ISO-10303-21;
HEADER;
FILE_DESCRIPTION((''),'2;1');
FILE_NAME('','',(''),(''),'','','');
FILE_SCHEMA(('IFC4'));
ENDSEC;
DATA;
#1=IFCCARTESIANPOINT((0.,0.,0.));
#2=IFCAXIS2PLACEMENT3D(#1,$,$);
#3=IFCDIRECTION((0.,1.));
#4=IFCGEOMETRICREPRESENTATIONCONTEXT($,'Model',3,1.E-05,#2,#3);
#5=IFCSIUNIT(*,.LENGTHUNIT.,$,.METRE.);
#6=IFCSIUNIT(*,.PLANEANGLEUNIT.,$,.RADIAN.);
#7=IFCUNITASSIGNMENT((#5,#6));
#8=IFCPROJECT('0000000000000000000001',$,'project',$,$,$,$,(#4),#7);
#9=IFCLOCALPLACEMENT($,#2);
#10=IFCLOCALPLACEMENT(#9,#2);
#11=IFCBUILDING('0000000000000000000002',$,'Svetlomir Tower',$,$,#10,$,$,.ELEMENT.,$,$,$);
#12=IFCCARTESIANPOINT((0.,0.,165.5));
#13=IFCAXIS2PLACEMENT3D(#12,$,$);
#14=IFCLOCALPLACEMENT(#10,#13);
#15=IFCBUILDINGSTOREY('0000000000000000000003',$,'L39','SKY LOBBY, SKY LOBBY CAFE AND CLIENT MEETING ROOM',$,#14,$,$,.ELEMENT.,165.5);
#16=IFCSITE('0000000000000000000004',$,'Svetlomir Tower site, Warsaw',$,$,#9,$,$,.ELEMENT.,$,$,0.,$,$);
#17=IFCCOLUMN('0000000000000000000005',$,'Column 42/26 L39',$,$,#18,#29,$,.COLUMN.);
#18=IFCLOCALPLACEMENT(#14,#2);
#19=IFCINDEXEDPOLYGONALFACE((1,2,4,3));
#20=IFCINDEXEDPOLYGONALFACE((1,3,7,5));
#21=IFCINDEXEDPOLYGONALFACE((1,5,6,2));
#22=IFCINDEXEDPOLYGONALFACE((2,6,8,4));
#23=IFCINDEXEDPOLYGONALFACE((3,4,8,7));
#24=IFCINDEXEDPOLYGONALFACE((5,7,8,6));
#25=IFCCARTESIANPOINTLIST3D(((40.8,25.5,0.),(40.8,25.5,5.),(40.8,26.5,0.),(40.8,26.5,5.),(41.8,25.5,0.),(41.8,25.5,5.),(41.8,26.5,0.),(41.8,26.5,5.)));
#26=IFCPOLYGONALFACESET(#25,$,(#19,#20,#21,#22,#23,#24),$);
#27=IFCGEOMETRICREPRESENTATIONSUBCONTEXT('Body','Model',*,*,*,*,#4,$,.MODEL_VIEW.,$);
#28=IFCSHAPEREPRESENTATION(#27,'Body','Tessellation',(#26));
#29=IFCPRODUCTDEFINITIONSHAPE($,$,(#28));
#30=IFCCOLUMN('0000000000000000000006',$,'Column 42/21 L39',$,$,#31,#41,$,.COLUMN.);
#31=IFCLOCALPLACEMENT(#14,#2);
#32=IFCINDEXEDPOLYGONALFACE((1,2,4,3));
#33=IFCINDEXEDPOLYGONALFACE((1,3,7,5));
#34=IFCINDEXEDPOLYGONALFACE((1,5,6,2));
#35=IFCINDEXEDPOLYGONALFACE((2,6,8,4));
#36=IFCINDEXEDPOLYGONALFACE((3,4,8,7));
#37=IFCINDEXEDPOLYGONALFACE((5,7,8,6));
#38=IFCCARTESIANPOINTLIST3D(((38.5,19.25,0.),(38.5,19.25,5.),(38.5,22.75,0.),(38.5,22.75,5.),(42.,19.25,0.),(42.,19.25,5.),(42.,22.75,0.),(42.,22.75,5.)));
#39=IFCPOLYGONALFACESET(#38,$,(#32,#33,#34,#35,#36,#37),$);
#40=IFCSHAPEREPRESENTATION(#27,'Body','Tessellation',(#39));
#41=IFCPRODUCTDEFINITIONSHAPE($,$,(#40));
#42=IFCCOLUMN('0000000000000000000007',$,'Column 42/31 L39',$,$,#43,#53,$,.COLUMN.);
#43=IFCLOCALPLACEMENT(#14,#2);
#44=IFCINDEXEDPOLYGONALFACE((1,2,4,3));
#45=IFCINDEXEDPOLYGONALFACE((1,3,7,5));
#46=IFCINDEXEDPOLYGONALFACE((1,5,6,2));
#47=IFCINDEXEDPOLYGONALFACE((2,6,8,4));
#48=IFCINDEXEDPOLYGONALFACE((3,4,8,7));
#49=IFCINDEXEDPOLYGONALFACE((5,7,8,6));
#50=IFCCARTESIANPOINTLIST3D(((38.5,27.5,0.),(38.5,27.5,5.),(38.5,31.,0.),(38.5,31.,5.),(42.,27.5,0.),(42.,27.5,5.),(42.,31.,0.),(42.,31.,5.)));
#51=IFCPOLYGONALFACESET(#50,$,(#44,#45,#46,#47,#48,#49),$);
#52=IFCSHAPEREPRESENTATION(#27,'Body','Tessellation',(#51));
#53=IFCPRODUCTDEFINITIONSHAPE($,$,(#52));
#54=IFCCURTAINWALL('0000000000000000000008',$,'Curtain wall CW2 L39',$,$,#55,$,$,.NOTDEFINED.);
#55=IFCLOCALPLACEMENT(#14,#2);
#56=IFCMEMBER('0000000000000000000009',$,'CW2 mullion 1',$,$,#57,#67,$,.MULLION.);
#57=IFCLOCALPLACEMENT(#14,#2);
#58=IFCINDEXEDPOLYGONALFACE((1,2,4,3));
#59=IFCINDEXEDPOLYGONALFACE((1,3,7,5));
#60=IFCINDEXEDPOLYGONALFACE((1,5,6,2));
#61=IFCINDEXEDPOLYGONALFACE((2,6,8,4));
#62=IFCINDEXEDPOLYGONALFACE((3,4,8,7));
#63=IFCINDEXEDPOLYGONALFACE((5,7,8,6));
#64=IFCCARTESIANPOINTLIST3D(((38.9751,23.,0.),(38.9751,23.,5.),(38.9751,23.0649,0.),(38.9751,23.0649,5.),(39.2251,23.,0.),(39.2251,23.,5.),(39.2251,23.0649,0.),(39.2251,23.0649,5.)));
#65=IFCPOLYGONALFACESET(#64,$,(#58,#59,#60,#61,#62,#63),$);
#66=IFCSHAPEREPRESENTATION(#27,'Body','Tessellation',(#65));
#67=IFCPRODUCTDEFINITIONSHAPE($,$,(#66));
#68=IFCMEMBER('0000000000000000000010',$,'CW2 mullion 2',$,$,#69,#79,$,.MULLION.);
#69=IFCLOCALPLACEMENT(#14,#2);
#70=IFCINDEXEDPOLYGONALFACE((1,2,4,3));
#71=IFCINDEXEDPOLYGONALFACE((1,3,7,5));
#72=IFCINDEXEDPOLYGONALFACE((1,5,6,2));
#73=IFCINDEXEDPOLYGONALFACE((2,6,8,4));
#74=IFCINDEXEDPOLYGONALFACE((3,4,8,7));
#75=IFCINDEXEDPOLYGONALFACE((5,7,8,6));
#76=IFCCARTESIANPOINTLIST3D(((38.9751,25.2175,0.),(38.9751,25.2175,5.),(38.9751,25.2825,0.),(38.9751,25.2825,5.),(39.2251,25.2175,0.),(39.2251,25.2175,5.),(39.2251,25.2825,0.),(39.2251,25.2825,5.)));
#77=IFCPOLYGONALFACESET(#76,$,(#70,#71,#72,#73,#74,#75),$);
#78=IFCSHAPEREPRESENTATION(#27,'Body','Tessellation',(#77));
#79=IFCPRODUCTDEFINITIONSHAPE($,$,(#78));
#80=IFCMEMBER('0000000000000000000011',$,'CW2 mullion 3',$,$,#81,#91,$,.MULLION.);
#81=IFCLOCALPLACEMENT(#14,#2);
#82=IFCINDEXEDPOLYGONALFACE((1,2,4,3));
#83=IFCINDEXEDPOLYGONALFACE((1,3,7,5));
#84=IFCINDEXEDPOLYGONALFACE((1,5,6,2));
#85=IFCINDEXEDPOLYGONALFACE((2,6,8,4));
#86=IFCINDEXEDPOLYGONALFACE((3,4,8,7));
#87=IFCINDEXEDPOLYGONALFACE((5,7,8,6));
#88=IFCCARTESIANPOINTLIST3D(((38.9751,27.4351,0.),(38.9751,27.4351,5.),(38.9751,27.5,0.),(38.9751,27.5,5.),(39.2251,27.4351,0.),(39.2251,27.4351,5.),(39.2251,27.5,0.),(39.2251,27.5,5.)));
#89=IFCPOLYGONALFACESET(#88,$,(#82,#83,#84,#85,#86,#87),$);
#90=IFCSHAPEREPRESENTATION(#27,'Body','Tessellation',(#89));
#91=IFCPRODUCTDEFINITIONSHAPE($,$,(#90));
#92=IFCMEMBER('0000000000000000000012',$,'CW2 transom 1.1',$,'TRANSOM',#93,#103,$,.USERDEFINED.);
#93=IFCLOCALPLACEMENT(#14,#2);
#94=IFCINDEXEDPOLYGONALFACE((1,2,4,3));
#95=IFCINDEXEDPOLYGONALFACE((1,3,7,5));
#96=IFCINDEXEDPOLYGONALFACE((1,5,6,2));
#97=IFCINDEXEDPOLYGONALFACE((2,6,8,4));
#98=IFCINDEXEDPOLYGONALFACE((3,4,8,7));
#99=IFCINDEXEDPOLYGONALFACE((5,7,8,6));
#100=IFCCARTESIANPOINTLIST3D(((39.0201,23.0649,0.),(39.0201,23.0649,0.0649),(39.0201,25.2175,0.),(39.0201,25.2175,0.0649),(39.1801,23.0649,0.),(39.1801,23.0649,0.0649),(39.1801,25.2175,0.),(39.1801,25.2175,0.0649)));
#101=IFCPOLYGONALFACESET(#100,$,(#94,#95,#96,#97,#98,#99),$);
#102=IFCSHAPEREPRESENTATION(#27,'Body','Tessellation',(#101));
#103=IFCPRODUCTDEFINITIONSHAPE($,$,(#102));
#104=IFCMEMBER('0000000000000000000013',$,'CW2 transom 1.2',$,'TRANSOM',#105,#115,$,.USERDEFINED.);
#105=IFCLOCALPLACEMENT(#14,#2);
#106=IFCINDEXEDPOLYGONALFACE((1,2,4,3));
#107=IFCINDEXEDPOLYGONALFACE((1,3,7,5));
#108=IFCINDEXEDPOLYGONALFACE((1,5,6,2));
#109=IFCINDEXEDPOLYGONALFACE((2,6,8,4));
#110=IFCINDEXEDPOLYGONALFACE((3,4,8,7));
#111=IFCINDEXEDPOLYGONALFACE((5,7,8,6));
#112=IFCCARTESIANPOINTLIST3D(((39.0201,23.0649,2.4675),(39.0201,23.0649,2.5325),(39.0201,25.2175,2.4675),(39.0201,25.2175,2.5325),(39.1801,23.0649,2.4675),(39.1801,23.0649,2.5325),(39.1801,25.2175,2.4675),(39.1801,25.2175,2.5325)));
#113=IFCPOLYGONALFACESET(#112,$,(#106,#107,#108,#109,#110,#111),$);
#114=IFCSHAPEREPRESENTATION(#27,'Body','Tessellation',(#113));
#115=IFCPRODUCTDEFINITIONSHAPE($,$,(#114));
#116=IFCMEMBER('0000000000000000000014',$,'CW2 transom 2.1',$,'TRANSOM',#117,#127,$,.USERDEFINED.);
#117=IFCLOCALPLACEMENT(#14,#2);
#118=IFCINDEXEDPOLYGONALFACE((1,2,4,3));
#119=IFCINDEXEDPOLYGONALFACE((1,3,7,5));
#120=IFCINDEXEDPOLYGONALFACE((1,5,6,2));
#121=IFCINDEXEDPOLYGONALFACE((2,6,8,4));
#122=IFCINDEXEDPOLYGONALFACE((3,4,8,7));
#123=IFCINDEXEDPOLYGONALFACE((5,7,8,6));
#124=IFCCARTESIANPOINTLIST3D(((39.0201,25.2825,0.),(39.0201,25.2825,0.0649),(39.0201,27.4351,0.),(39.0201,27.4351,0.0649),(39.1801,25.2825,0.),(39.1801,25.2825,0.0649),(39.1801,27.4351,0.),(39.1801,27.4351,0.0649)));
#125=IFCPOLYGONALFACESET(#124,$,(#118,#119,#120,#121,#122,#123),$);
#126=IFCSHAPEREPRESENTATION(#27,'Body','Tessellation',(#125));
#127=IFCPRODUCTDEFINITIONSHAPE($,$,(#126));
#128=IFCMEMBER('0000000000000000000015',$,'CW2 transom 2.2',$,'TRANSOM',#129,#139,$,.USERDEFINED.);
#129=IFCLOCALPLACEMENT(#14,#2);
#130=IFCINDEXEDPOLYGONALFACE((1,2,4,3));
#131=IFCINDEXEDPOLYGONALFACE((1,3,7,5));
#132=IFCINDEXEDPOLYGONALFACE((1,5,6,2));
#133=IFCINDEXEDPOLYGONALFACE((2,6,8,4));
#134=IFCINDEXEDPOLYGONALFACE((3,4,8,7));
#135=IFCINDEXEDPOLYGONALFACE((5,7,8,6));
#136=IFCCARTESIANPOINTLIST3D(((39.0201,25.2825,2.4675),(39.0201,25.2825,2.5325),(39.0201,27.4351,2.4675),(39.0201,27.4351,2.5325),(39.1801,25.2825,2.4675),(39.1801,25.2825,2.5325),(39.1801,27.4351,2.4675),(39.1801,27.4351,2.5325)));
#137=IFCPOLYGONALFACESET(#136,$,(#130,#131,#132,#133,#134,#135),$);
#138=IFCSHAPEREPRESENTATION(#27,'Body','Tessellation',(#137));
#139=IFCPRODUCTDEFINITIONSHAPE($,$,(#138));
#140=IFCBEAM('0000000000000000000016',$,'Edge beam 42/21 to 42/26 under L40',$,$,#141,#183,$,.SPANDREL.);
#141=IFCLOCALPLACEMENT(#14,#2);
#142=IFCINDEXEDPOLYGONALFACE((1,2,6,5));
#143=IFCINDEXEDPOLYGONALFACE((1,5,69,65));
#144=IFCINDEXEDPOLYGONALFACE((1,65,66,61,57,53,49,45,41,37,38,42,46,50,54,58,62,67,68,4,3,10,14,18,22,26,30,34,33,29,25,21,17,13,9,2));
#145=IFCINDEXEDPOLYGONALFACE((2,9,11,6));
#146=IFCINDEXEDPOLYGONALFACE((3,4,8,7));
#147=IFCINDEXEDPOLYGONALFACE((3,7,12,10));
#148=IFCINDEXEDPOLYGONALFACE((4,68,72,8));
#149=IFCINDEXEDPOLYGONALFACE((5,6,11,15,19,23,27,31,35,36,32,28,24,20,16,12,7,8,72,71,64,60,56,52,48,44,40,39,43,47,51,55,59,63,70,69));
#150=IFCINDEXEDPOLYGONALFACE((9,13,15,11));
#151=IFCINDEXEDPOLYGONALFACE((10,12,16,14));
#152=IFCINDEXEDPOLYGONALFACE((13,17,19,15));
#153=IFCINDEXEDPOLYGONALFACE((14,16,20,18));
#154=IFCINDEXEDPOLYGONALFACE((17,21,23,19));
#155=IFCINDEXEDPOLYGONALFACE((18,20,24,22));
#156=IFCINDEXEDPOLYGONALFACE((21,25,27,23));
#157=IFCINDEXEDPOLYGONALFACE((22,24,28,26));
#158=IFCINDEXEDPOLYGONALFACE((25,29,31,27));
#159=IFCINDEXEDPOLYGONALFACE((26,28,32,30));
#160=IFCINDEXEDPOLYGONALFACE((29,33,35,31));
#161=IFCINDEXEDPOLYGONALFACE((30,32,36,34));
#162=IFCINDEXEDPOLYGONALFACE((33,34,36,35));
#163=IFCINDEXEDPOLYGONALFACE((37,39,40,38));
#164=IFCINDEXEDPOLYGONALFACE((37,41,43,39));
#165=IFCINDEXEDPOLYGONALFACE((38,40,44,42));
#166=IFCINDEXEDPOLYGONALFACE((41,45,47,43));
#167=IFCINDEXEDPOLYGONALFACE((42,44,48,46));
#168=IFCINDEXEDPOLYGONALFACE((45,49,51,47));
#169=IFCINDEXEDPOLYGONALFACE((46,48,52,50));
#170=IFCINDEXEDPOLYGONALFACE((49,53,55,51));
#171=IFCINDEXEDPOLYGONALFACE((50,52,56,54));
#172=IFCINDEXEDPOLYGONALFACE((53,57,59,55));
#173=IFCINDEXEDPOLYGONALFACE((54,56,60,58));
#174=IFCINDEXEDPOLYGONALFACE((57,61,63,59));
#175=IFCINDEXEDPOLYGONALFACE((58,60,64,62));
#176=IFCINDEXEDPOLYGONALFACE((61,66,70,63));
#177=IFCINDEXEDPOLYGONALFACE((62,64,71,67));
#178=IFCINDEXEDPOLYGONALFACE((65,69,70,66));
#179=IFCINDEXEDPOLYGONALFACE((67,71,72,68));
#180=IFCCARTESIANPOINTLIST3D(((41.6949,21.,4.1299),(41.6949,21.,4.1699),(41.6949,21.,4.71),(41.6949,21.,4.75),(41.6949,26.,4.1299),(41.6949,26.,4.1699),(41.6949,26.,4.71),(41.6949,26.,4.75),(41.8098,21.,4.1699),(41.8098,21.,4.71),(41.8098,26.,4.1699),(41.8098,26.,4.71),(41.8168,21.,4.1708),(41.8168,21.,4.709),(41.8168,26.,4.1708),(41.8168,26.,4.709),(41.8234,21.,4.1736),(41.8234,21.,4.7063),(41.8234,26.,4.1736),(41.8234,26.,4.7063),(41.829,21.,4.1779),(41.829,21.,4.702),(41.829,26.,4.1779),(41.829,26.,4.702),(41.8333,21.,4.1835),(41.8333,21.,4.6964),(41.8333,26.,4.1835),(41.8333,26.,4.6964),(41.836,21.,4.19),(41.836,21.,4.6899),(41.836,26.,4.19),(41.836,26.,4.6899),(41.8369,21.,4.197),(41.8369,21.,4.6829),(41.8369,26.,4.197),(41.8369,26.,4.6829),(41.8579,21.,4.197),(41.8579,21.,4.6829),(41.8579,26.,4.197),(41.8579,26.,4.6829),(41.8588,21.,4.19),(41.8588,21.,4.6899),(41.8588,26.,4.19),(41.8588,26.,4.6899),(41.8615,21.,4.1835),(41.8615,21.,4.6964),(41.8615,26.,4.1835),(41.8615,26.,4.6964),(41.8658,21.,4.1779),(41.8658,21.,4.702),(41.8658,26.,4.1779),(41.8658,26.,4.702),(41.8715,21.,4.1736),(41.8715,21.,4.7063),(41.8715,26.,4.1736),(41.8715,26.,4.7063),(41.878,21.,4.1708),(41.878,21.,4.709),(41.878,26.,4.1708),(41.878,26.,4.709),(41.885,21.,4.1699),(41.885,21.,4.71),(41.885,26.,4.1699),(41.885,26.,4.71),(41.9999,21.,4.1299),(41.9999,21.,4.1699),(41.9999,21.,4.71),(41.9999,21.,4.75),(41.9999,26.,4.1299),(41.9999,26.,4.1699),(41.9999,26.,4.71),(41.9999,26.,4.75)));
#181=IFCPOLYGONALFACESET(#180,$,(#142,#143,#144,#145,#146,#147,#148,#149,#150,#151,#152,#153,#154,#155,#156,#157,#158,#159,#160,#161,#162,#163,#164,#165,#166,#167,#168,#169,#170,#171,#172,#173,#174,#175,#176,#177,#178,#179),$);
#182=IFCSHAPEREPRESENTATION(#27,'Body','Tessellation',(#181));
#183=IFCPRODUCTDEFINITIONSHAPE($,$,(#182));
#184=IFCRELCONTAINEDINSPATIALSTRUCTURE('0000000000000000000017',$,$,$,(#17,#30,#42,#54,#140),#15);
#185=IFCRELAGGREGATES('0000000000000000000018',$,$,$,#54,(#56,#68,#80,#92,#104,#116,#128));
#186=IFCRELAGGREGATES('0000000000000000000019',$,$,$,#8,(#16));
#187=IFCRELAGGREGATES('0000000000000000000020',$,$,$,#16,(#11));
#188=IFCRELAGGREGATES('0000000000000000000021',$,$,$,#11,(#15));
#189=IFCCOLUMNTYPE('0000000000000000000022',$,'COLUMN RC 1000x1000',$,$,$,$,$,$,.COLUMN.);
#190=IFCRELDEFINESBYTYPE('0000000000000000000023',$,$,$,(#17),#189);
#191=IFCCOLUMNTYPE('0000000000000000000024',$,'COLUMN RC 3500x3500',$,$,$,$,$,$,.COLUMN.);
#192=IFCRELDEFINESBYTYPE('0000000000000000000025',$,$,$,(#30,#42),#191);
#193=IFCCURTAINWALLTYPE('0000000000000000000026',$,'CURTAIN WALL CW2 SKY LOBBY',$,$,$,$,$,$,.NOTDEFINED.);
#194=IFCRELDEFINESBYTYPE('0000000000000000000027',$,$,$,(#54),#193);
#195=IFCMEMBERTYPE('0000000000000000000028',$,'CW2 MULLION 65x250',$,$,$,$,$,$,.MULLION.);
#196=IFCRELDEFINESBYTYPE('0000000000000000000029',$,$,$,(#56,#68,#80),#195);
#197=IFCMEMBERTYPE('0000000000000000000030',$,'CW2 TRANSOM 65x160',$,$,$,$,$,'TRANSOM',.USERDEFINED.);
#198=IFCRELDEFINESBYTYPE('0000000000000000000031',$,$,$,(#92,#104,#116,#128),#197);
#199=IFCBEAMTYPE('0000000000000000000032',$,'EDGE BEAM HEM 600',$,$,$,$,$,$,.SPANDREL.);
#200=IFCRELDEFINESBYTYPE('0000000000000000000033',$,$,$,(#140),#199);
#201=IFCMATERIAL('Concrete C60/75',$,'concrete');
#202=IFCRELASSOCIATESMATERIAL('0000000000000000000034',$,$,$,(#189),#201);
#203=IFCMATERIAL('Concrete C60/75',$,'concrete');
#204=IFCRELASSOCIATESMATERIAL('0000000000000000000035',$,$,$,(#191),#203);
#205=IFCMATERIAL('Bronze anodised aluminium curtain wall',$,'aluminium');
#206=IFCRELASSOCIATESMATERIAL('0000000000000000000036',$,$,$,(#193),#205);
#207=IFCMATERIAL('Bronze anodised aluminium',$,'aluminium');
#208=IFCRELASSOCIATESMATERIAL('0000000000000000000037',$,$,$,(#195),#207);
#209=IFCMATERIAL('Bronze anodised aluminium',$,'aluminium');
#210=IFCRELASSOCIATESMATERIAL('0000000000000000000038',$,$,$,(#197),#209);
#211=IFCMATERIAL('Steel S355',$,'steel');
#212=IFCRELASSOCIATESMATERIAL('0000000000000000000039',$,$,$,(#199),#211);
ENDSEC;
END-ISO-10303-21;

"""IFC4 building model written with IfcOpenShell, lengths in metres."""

from ifc_helpers import new_model, si_unit, direction, frame, origin, origin_2d, place, context, subcontext, project, spatial, rectangle, i_section, extrude, material, material_profile, profile_set, type_object, element, aggregate, save


model = new_model("IFC4")

# Units and contexts
model_context = context("Model", 3, precision=1e-05, world=origin(), true_north=direction((0.0, 1.0)))
body_context = subcontext(model_context, "Body", "Model", "MODEL_VIEW")
ifc_project = project(units=[si_unit("LENGTHUNIT", "METRE"), si_unit("PLANEANGLEUNIT", "RADIAN")], contexts=[model_context])

# Site, building, storey
site_placement = place(None, origin())
site = spatial("IfcSite", under=ifc_project, at=site_placement, Name="Svetlomir Tower site, Warsaw", CompositionType="ELEMENT", RefElevation=0.0)
building_placement = place(site_placement, origin())
building = spatial("IfcBuilding", under=site, at=building_placement, Name="Svetlomir Tower", CompositionType="ELEMENT")
storey_placement = place(building_placement, frame((0.0, 0.0, 165.5)))
storey = spatial("IfcBuildingStorey", under=building, at=storey_placement, Name="L39", Description="SKY LOBBY, SKY LOBBY CAFE AND CLIENT MEETING ROOM", CompositionType="ELEMENT", Elevation=165.5)

# Columns
ifc_material_1 = material(Name="Concrete C60/75", Category="concrete")
ifc_material_profile_1 = material_profile(ifc_material_1, rectangle(XDim=1.0, YDim=1.0, at=origin_2d()), Name="RC 1000x1000")
ifc_profile_set_1 = profile_set([ifc_material_profile_1], Name="Concrete C60/75")
column_type_1 = type_object("IfcColumnType", Name="COLUMN RC 1000x1000", PredefinedType="COLUMN", material=ifc_profile_set_1)
column_placement = place(storey_placement, frame((41.3, 26.0, 0.0), z_axis=(0.0, 0.0, 1.0), x_axis=(1.0, 0.0, 0.0)))
element("IfcColumn", 1, at=column_placement, inside=storey, type_object=column_type_1, Name="Column 42/26 L39", PredefinedType="COLUMN", context=body_context, shape_type="SweptSolid", body=[
    extrude(rectangle(XDim=1.0, YDim=1.0, at=origin_2d()), origin(), (0.0, 0.0, 1.0), 5.0),
])
ifc_material_2 = material(Name="Concrete C60/75", Category="concrete")
ifc_material_profile_2 = material_profile(ifc_material_2, rectangle(XDim=3.5, YDim=3.5, at=origin_2d()), Name="RC 3500x3500")
ifc_profile_set_2 = profile_set([ifc_material_profile_2], Name="Concrete C60/75")
column_type_2 = type_object("IfcColumnType", Name="COLUMN RC 3500x3500", PredefinedType="COLUMN", material=ifc_profile_set_2)
for number, where, z_axis, x_axis, name in (
    (2, (40.25, 21.0, 0.0), (0.0, 0.0, 1.0), (1.0, 0.0, 0.0), "Column 42/21 L39"),
    (3, (40.25, 29.25, 0.0), (0.0, 0.0, 1.0), (1.0, 0.0, 0.0), "Column 42/31 L39"),
):
    element("IfcColumn", number, at=place(storey_placement, frame(where, z_axis=z_axis, x_axis=x_axis)), inside=storey, type_object=column_type_2, Name=name, PredefinedType="COLUMN", context=body_context, shape_type="SweptSolid", body=[
        extrude(rectangle(XDim=3.5, YDim=3.5, at=origin_2d()), origin(), (0.0, 0.0, 1.0), 5.0),
    ])

# Curtain wall, members
ifc_material_3 = material(Name="Bronze anodised aluminium curtain wall", Category="aluminium")
curtain_wall_type = type_object("IfcCurtainWallType", Name="CURTAIN WALL CW2 SKY LOBBY", PredefinedType="NOTDEFINED", material=ifc_material_3)
curtain_wall_placement = place(storey_placement, origin())
curtain_wall = element("IfcCurtainWall", 4, at=curtain_wall_placement, inside=storey, type_object=curtain_wall_type, Name="Curtain wall CW2 L39", PredefinedType="NOTDEFINED")
ifc_material_4 = material(Name="Bronze anodised aluminium", Category="aluminium")
ifc_material_profile_3 = material_profile(ifc_material_4, rectangle(XDim=0.0649, YDim=0.25, at=origin_2d()), Name="AL 65x250")
ifc_profile_set_3 = profile_set([ifc_material_profile_3], Name="Bronze anodised aluminium 6063-T6")
member_type_1 = type_object("IfcMemberType", Name="CW2 MULLION 65x250", PredefinedType="MULLION", material=ifc_profile_set_3)
member_1_placement = place(storey_placement, frame((39.1001, 23.0325, 0.0), z_axis=(0.0, 0.0, 1.0), x_axis=(0.0, 1.0, 0.0)))
member_1 = element("IfcMember", 5, at=member_1_placement, type_object=member_type_1, Name="CW2 mullion 1", PredefinedType="MULLION", context=body_context, shape_type="SweptSolid", body=[
    extrude(rectangle(XDim=0.0649, YDim=0.25, at=origin_2d()), origin(), (0.0, 0.0, 1.0), 5.0),
])
member_2_placement = place(storey_placement, frame((39.1001, 25.25, 0.0), z_axis=(0.0, 0.0, 1.0), x_axis=(0.0, 1.0, 0.0)))
member_2 = element("IfcMember", 6, at=member_2_placement, type_object=member_type_1, Name="CW2 mullion 2", PredefinedType="MULLION", context=body_context, shape_type="SweptSolid", body=[
    extrude(rectangle(XDim=0.0649, YDim=0.25, at=origin_2d()), origin(), (0.0, 0.0, 1.0), 5.0),
])
member_3_placement = place(storey_placement, frame((39.1001, 27.4675, 0.0), z_axis=(0.0, 0.0, 1.0), x_axis=(0.0, 1.0, 0.0)))
member_3 = element("IfcMember", 7, at=member_3_placement, type_object=member_type_1, Name="CW2 mullion 3", PredefinedType="MULLION", context=body_context, shape_type="SweptSolid", body=[
    extrude(rectangle(XDim=0.0649, YDim=0.25, at=origin_2d()), origin(), (0.0, 0.0, 1.0), 5.0),
])
ifc_material_5 = material(Name="Bronze anodised aluminium", Category="aluminium")
ifc_material_profile_4 = material_profile(ifc_material_5, rectangle(XDim=0.1599, YDim=0.0649, at=origin_2d()), Name="AL 160x65")
ifc_profile_set_4 = profile_set([ifc_material_profile_4], Name="Bronze anodised aluminium 6063-T6")
member_type_2 = type_object("IfcMemberType", Name="CW2 TRANSOM 65x160", ElementType="TRANSOM", PredefinedType="USERDEFINED", material=ifc_profile_set_4)
member_4_placement = place(storey_placement, frame((39.1001, 23.0649, 0.0325), z_axis=(0.0, 1.0, 0.0), x_axis=(-1.0, 0.0, 0.0)))
member_4 = element("IfcMember", 8, at=member_4_placement, type_object=member_type_2, Name="CW2 transom 1.1", ObjectType="TRANSOM", PredefinedType="USERDEFINED", context=body_context, shape_type="SweptSolid", body=[
    extrude(rectangle(XDim=0.1599, YDim=0.0649, at=origin_2d()), origin(), (0.0, 0.0, 1.0), 2.1526),
])
member_5_placement = place(storey_placement, frame((39.1001, 23.0649, 2.5), z_axis=(0.0, 1.0, 0.0), x_axis=(-1.0, 0.0, 0.0)))
member_5 = element("IfcMember", 9, at=member_5_placement, type_object=member_type_2, Name="CW2 transom 1.2", ObjectType="TRANSOM", PredefinedType="USERDEFINED", context=body_context, shape_type="SweptSolid", body=[
    extrude(rectangle(XDim=0.1599, YDim=0.0649, at=origin_2d()), origin(), (0.0, 0.0, 1.0), 2.1526),
])
member_6_placement = place(storey_placement, frame((39.1001, 25.2825, 0.0325), z_axis=(0.0, 1.0, 0.0), x_axis=(-1.0, 0.0, 0.0)))
member_6 = element("IfcMember", 10, at=member_6_placement, type_object=member_type_2, Name="CW2 transom 2.1", ObjectType="TRANSOM", PredefinedType="USERDEFINED", context=body_context, shape_type="SweptSolid", body=[
    extrude(rectangle(XDim=0.1599, YDim=0.0649, at=origin_2d()), origin(), (0.0, 0.0, 1.0), 2.1526),
])
member_7_placement = place(storey_placement, frame((39.1001, 25.2825, 2.5), z_axis=(0.0, 1.0, 0.0), x_axis=(-1.0, 0.0, 0.0)))
member_7 = element("IfcMember", 11, at=member_7_placement, type_object=member_type_2, Name="CW2 transom 2.2", ObjectType="TRANSOM", PredefinedType="USERDEFINED", context=body_context, shape_type="SweptSolid", body=[
    extrude(rectangle(XDim=0.1599, YDim=0.0649, at=origin_2d()), origin(), (0.0, 0.0, 1.0), 2.1526),
])

# Beam
ifc_material_6 = material(Name="Steel S355", Category="steel")
ifc_material_profile_5 = material_profile(ifc_material_6, i_section(OverallWidth=0.3049, OverallDepth=0.6201, WebThickness=0.021, FlangeThickness=0.04, FilletRadius=0.0271, at=origin_2d()), Name="HEM 600")
ifc_profile_set_5 = profile_set([ifc_material_profile_5], Name="Steel S355")
beam_type_1 = type_object("IfcBeamType", Name="EDGE BEAM HEM 600", PredefinedType="SPANDREL", material=ifc_profile_set_5)
beam_1_placement = place(storey_placement, frame((41.8474, 21.0, 4.4399), z_axis=(0.0, 1.0, 0.0), x_axis=(-1.0, 0.0, 0.0)))
element("IfcBeam", 12, at=beam_1_placement, inside=storey, type_object=beam_type_1, Name="Edge beam 42/21 to 42/26 under L40", PredefinedType="SPANDREL", context=body_context, shape_type="SweptSolid", body=[
    extrude(i_section(OverallWidth=0.3049, OverallDepth=0.6201, WebThickness=0.021, FlangeThickness=0.04, FilletRadius=0.0271, at=origin_2d()), origin(), (0.0, 0.0, 1.0), 5.0),
])

aggregate(curtain_wall, [member_1, member_2, member_3, member_4, member_5, member_6, member_7])

save(model, "model.ifc")
